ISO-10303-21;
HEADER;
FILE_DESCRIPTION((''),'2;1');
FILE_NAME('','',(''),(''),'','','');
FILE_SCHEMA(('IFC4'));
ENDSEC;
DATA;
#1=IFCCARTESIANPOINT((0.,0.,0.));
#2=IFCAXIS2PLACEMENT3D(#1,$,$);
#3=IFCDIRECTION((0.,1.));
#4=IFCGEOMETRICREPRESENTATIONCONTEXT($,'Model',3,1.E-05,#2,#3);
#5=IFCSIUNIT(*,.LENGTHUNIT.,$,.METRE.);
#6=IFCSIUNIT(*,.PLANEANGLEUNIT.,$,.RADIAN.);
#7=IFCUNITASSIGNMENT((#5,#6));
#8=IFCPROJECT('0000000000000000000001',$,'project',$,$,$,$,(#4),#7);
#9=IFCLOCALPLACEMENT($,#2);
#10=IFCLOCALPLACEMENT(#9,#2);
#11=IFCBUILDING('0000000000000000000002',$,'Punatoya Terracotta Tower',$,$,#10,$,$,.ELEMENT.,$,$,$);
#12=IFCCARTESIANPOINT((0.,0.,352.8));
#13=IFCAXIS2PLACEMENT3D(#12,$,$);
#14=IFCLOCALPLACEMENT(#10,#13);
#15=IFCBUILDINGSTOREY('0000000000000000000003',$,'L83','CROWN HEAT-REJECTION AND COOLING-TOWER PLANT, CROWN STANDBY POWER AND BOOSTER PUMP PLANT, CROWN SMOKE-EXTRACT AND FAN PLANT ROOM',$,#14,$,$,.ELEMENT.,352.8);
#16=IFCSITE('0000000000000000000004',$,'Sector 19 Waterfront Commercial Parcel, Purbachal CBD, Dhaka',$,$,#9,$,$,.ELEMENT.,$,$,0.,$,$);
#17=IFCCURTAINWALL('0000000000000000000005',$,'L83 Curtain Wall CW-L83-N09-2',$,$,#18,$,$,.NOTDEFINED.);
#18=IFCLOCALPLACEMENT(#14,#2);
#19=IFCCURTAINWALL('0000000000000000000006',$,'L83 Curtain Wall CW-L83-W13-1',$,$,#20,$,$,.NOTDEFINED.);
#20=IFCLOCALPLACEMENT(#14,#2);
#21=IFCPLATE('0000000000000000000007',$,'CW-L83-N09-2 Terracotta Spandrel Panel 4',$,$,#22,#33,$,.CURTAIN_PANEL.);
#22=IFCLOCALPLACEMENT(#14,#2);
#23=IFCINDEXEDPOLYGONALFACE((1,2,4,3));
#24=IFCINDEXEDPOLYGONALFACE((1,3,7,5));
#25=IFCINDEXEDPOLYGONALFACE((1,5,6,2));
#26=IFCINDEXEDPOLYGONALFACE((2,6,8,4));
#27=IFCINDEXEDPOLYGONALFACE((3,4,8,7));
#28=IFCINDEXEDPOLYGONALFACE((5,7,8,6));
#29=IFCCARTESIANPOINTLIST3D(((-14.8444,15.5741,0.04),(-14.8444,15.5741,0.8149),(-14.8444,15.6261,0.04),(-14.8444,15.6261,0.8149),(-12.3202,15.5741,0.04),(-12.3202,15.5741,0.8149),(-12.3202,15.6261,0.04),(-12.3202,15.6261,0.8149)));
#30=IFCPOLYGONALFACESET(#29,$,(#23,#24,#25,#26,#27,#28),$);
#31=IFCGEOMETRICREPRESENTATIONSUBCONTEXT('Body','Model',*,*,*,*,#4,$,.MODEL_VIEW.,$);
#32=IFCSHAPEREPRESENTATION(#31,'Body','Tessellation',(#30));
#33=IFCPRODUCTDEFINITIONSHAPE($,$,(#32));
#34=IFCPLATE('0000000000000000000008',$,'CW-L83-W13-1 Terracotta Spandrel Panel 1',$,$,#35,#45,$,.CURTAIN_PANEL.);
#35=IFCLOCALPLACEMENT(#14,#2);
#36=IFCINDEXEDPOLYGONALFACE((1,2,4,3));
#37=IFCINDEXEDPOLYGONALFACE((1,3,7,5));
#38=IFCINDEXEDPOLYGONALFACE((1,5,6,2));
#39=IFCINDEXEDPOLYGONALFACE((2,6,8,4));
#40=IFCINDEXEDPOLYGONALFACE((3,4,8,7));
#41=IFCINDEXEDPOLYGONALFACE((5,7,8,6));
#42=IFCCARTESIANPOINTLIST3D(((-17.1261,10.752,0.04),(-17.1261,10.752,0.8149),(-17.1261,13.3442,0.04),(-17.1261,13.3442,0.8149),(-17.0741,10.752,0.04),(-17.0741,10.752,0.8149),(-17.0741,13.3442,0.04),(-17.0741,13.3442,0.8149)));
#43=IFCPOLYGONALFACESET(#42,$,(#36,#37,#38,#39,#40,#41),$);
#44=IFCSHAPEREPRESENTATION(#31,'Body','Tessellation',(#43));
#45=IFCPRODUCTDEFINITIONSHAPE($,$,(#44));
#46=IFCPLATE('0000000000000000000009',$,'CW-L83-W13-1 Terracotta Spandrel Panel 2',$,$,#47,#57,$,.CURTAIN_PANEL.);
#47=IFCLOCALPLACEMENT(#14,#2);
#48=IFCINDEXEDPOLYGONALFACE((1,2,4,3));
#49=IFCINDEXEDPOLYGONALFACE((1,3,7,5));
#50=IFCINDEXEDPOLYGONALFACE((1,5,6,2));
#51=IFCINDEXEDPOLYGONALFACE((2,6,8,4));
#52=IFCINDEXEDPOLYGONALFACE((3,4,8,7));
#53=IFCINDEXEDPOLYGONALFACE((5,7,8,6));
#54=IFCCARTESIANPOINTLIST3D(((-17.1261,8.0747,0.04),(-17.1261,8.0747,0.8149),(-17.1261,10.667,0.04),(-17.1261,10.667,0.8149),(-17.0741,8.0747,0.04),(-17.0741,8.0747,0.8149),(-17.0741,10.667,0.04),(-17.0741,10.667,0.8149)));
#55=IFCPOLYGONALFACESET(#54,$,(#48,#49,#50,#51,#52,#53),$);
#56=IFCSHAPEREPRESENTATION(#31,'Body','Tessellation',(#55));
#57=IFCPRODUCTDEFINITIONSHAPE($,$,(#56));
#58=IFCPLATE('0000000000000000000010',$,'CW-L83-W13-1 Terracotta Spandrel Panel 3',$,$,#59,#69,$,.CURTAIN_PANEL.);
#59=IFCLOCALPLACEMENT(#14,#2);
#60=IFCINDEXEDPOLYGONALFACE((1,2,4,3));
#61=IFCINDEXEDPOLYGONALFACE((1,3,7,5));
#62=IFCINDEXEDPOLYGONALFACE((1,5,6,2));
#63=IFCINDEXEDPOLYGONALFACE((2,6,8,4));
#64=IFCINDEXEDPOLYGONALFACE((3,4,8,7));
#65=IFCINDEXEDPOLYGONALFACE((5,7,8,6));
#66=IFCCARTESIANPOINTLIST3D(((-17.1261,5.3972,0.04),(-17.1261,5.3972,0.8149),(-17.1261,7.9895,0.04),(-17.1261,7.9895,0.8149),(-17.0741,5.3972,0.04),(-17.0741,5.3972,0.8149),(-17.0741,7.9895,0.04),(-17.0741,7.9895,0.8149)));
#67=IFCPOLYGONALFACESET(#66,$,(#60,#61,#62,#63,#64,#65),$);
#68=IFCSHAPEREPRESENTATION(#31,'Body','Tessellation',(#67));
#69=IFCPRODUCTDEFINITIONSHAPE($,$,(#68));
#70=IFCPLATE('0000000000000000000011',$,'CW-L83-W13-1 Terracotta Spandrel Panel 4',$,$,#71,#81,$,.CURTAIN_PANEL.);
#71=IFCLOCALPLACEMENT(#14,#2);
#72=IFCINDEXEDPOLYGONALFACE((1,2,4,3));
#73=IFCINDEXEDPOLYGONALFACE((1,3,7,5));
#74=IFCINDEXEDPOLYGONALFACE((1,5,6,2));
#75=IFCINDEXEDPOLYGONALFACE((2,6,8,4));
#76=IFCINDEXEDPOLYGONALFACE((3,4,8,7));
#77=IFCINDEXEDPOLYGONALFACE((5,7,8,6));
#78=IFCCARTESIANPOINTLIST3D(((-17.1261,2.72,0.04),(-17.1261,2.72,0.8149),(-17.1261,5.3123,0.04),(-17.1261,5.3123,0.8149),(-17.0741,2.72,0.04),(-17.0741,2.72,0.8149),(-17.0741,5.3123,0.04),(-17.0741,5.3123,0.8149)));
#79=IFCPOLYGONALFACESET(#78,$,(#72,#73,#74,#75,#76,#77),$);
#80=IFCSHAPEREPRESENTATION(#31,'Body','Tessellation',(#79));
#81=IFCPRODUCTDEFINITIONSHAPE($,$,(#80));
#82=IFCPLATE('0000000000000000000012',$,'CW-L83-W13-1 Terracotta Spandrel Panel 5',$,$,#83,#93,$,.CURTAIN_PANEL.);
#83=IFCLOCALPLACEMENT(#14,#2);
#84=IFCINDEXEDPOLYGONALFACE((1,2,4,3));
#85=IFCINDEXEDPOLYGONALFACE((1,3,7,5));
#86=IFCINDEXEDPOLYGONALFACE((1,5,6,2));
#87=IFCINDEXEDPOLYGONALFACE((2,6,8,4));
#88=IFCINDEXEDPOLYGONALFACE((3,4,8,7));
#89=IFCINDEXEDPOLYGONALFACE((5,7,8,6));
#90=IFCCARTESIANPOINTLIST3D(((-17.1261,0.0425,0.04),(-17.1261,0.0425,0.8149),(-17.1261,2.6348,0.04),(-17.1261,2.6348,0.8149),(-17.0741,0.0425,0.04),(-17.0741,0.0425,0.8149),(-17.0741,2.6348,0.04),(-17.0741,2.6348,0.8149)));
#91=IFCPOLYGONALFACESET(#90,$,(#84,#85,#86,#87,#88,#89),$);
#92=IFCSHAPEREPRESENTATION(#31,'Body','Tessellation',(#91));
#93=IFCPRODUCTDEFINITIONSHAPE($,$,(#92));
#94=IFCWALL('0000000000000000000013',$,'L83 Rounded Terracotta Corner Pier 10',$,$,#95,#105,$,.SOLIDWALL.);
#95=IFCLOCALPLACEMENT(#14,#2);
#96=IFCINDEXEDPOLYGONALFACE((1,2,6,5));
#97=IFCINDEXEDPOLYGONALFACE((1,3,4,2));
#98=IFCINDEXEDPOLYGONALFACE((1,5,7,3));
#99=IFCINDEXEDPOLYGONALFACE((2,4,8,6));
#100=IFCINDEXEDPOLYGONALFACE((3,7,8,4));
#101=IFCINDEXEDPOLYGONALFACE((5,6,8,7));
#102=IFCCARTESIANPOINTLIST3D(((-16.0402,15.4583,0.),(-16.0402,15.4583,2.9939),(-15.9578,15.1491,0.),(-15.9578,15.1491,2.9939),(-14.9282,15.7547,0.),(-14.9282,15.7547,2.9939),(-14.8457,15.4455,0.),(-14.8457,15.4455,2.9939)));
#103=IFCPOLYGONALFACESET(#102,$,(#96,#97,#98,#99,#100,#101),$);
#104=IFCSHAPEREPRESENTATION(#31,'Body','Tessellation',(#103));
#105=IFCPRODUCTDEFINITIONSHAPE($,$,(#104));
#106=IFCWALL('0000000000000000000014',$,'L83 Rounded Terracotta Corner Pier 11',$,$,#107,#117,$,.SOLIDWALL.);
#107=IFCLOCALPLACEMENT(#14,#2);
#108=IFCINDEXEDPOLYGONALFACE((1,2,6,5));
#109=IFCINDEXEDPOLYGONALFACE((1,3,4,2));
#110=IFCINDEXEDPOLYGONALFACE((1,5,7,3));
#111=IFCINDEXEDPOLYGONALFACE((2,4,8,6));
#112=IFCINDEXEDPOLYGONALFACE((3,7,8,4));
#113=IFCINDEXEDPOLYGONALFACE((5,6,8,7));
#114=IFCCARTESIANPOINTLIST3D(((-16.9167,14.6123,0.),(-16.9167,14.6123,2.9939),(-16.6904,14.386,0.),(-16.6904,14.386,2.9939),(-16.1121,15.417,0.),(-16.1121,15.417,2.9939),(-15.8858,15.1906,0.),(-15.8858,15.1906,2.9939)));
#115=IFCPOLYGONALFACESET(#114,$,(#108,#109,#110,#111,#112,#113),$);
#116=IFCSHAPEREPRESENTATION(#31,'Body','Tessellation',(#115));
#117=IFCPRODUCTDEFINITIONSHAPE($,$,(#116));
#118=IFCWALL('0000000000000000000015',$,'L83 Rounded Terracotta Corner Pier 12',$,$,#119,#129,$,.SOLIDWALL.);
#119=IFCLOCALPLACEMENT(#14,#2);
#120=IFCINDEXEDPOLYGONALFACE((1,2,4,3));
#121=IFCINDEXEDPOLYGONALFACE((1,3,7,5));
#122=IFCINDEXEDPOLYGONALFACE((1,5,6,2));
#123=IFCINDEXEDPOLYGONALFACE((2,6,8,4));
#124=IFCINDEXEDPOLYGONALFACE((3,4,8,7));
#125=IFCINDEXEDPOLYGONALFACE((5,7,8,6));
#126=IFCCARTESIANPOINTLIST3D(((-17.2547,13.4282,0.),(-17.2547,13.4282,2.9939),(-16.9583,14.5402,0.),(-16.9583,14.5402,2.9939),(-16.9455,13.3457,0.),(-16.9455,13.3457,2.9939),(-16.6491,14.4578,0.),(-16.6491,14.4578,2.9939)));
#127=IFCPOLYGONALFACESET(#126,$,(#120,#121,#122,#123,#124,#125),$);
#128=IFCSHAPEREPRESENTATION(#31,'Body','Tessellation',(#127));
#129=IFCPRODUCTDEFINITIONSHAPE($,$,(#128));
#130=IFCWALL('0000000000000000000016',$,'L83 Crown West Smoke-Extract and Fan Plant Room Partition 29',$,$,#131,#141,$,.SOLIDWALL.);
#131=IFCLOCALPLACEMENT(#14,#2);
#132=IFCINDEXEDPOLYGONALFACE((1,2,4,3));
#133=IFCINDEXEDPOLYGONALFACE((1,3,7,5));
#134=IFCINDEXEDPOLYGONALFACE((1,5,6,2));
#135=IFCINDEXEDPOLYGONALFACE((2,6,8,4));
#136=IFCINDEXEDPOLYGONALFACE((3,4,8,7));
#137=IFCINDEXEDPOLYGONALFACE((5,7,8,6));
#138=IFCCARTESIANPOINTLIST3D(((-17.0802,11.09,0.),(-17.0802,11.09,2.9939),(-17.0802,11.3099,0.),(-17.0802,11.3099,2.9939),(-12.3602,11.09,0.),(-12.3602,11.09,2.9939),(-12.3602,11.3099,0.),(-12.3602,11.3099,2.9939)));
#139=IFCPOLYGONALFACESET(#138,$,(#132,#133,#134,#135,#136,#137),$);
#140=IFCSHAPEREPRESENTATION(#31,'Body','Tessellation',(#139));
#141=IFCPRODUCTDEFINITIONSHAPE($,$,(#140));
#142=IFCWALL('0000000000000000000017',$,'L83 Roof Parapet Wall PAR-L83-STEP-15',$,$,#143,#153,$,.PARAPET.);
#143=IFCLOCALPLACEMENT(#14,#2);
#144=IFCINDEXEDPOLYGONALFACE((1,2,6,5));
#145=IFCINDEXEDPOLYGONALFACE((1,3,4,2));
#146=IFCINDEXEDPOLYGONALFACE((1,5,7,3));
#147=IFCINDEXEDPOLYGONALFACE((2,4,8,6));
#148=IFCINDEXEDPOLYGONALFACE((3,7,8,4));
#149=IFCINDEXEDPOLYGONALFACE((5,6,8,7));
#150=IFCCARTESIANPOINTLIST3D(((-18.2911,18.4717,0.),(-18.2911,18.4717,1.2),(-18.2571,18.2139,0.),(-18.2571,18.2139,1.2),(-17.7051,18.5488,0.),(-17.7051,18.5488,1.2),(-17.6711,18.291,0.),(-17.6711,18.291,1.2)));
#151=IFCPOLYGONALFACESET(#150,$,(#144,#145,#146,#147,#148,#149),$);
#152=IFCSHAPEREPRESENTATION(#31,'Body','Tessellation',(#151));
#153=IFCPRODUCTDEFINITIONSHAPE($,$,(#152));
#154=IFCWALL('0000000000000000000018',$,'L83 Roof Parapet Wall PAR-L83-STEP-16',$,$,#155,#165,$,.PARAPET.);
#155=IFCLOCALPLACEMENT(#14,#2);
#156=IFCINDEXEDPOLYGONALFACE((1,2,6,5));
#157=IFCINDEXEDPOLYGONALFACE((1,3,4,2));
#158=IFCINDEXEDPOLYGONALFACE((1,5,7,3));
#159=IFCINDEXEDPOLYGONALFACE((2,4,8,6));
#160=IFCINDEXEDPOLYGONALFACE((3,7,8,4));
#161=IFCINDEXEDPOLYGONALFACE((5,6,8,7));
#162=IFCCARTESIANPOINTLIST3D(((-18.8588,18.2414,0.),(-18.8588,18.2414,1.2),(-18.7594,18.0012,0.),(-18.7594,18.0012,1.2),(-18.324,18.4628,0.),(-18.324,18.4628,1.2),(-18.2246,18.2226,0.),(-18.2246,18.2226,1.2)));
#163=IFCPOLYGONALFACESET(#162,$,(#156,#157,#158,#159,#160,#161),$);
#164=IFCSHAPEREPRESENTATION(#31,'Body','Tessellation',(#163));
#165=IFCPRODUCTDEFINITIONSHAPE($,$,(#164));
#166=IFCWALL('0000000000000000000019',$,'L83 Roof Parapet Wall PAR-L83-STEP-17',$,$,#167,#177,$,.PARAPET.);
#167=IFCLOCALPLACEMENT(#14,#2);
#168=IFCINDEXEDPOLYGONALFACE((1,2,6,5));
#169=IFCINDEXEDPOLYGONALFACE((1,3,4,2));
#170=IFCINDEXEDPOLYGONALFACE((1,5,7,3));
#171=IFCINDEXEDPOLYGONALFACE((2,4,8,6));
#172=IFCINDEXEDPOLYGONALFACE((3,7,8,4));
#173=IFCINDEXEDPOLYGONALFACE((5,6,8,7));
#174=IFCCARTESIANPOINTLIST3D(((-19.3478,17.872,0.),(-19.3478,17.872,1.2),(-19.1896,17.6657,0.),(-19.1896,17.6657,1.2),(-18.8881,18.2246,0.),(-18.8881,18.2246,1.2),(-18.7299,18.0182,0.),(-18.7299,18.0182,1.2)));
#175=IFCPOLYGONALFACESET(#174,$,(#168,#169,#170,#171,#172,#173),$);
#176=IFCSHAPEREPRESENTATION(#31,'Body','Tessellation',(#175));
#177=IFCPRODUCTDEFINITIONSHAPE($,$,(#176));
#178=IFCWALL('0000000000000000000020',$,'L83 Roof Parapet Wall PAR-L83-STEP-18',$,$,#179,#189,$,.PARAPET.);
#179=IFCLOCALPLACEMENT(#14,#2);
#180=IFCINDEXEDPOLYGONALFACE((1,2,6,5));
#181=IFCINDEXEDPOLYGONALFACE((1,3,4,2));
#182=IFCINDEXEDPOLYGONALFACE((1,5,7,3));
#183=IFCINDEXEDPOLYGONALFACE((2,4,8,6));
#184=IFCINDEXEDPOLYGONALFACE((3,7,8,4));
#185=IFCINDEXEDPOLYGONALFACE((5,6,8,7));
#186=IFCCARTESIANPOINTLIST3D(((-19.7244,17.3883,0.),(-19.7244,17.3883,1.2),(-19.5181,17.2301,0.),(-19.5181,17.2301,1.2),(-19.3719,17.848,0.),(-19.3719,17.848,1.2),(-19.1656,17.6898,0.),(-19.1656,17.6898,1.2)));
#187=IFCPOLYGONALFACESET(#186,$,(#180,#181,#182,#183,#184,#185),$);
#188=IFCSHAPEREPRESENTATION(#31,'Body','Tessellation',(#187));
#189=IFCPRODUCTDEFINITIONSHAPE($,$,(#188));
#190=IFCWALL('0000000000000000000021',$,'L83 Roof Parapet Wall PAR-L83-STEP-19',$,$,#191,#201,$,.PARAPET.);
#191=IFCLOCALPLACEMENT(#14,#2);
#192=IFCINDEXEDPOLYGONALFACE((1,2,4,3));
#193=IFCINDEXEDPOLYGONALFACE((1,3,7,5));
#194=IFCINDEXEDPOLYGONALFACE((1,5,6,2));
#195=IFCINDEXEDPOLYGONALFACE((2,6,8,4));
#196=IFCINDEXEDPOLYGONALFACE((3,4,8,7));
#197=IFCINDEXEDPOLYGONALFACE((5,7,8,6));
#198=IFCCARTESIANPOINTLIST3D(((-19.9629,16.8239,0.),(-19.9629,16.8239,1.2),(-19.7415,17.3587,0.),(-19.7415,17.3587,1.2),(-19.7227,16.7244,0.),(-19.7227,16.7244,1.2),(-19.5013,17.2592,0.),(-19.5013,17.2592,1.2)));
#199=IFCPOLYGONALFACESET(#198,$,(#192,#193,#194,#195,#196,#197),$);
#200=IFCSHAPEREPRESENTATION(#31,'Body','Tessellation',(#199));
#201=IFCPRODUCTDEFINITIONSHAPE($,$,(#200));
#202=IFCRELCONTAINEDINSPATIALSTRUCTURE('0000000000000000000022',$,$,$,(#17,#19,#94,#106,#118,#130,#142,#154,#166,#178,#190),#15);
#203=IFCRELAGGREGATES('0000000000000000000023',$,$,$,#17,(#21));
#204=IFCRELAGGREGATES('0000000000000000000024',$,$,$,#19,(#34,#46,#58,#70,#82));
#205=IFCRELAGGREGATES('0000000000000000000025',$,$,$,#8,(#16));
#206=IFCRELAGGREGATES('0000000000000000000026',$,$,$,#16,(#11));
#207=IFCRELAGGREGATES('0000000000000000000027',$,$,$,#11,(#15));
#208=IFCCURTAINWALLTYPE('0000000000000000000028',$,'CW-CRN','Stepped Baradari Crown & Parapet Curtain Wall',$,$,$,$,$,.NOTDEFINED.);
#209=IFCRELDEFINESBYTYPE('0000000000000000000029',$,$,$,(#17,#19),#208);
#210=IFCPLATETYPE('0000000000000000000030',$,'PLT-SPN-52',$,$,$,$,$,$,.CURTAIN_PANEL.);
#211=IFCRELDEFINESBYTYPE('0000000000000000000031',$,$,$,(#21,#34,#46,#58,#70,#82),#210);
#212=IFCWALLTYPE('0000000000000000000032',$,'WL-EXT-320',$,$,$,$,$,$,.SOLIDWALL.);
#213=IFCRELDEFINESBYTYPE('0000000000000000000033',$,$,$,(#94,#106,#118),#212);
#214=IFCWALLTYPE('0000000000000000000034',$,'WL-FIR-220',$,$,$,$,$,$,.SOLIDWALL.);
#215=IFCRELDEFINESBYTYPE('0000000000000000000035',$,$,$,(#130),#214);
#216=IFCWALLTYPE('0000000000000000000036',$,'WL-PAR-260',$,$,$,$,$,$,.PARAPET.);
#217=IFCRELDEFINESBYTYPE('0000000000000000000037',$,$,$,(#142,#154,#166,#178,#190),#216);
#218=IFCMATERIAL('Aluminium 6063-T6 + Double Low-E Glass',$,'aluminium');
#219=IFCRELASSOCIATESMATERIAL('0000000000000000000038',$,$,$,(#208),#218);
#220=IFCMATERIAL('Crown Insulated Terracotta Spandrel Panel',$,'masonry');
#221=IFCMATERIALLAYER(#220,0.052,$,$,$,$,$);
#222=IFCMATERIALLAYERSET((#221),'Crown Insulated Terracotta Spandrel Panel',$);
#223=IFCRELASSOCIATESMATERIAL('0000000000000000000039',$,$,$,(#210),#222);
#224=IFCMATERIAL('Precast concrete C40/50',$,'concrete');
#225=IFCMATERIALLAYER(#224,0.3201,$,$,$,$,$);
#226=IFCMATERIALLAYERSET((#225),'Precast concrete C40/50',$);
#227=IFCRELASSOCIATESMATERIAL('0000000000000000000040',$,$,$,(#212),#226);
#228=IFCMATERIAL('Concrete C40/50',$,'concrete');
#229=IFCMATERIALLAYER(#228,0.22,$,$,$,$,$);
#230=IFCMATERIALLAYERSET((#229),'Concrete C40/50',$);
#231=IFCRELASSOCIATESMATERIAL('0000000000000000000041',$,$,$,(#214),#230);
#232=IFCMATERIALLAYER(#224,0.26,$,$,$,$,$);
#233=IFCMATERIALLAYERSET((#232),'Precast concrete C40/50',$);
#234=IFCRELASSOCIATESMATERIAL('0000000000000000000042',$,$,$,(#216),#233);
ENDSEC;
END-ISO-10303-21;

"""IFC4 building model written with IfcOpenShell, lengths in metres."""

from ifc_helpers import new_model, si_unit, direction, frame, frame_2d, origin, origin_2d, place, context, subcontext, project, spatial, rectangle, extrude, material, layer, layer_set, type_object, element, aggregate, save


model = new_model("IFC4")

# Units and contexts
model_context = context("Model", 3, precision=1e-05, world=origin(), true_north=direction((0.0, 1.0)))
body_context = subcontext(model_context, "Body", "Model", "MODEL_VIEW")
ifc_project = project(units=[si_unit("LENGTHUNIT", "METRE"), si_unit("PLANEANGLEUNIT", "RADIAN")], contexts=[model_context])

# Site, building, storey
site_placement = place(None, origin())
site = spatial("IfcSite", under=ifc_project, at=site_placement, Name="Sector 19 Waterfront Commercial Parcel, Purbachal CBD, Dhaka", CompositionType="ELEMENT", RefElevation=0.0)
building_placement = place(site_placement, origin())
building = spatial("IfcBuilding", under=site, at=building_placement, Name="Punatoya Terracotta Tower", CompositionType="ELEMENT")
storey_placement = place(building_placement, frame((0.0, 0.0, 352.8)))
storey = spatial("IfcBuildingStorey", under=building, at=storey_placement, Name="L83", Description="CROWN HEAT-REJECTION AND COOLING-TOWER PLANT, CROWN STANDBY POWER AND BOOSTER PUMP PLANT, CROWN SMOKE-EXTRACT AND FAN PLANT ROOM", CompositionType="ELEMENT", Elevation=352.8)

# Curtain wall
ifc_material_1 = material(Name="Aluminium 6063-T6 + Double Low-E Glass", Category="aluminium")
curtain_wall_type = type_object("IfcCurtainWallType", Name="CW-CRN", Description="Stepped Baradari Crown & Parapet Curtain Wall", PredefinedType="NOTDEFINED", material=ifc_material_1)
curtain_wall_1_placement = place(storey_placement, origin())
curtain_wall_1 = element("IfcCurtainWall", 1, at=curtain_wall_1_placement, inside=storey, type_object=curtain_wall_type, Name="L83 Curtain Wall CW-L83-N09-2", PredefinedType="NOTDEFINED")

# Curtain wall
curtain_wall_2_placement = place(storey_placement, origin())
curtain_wall_2 = element("IfcCurtainWall", 2, at=curtain_wall_2_placement, inside=storey, type_object=curtain_wall_type, Name="L83 Curtain Wall CW-L83-W13-1", PredefinedType="NOTDEFINED")

# Plates
ifc_material_2 = material(Name="Crown Insulated Terracotta Spandrel Panel", Category="masonry")
ifc_layer_1 = layer(ifc_material_2, 0.052)
ifc_layer_set_1 = layer_set([ifc_layer_1], Name="Crown Insulated Terracotta Spandrel Panel")
plate_type_1 = type_object("IfcPlateType", Name="PLT-SPN-52", PredefinedType="CURTAIN_PANEL", material=ifc_layer_set_1)
plate_1_placement = place(storey_placement, frame((-13.5823, 15.6001, 0.04), z_axis=(0.0, 0.0, 1.0), x_axis=(-1.0, 0.0, 0.0)))
plate_1 = element("IfcPlate", 3, at=plate_1_placement, type_object=plate_type_1, Name="CW-L83-N09-2 Terracotta Spandrel Panel 4", PredefinedType="CURTAIN_PANEL", context=body_context, shape_type="SweptSolid", body=[
    extrude(rectangle(XDim=2.5242, YDim=0.052, at=origin_2d()), origin(), (0.0, 0.0, 1.0), 0.7749),
])
aggregate(curtain_wall_1, [plate_1])
plate_2_placement = place(storey_placement, frame((-17.1001, 12.0481, 0.04), z_axis=(0.0, 0.0, 1.0), x_axis=(0.0, -1.0, 0.0)))
plate_2 = element("IfcPlate", 4, at=plate_2_placement, type_object=plate_type_1, Name="CW-L83-W13-1 Terracotta Spandrel Panel 1", PredefinedType="CURTAIN_PANEL", context=body_context, shape_type="SweptSolid", body=[
    extrude(rectangle(XDim=2.5923, YDim=0.052, at=origin_2d()), origin(), (0.0, 0.0, 1.0), 0.7749),
])
plate_3_placement = place(storey_placement, frame((-17.1001, 9.3708, 0.04), z_axis=(0.0, 0.0, 1.0), x_axis=(0.0, -1.0, 0.0)))
plate_3 = element("IfcPlate", 5, at=plate_3_placement, type_object=plate_type_1, Name="CW-L83-W13-1 Terracotta Spandrel Panel 2", PredefinedType="CURTAIN_PANEL", context=body_context, shape_type="SweptSolid", body=[
    extrude(rectangle(XDim=2.5923, YDim=0.052, at=origin_2d()), origin(), (0.0, 0.0, 1.0), 0.7749),
])
plate_4_placement = place(storey_placement, frame((-17.1001, 6.6934, 0.04), z_axis=(0.0, 0.0, 1.0), x_axis=(0.0, -1.0, 0.0)))
plate_4 = element("IfcPlate", 6, at=plate_4_placement, type_object=plate_type_1, Name="CW-L83-W13-1 Terracotta Spandrel Panel 3", PredefinedType="CURTAIN_PANEL", context=body_context, shape_type="SweptSolid", body=[
    extrude(rectangle(XDim=2.5923, YDim=0.052, at=origin_2d()), origin(), (0.0, 0.0, 1.0), 0.7749),
])
plate_5_placement = place(storey_placement, frame((-17.1001, 4.0161, 0.04), z_axis=(0.0, 0.0, 1.0), x_axis=(0.0, -1.0, 0.0)))
plate_5 = element("IfcPlate", 7, at=plate_5_placement, type_object=plate_type_1, Name="CW-L83-W13-1 Terracotta Spandrel Panel 4", PredefinedType="CURTAIN_PANEL", context=body_context, shape_type="SweptSolid", body=[
    extrude(rectangle(XDim=2.5923, YDim=0.052, at=origin_2d()), origin(), (0.0, 0.0, 1.0), 0.7749),
])
plate_6_placement = place(storey_placement, frame((-17.1001, 1.3386, 0.04), z_axis=(0.0, 0.0, 1.0), x_axis=(0.0, -1.0, 0.0)))
plate_6 = element("IfcPlate", 8, at=plate_6_placement, type_object=plate_type_1, Name="CW-L83-W13-1 Terracotta Spandrel Panel 5", PredefinedType="CURTAIN_PANEL", context=body_context, shape_type="SweptSolid", body=[
    extrude(rectangle(XDim=2.5923, YDim=0.052, at=origin_2d()), origin(), (0.0, 0.0, 1.0), 0.7749),
])
aggregate(curtain_wall_2, [plate_2, plate_3, plate_4, plate_5, plate_6])

# Walls
ifc_material_3 = material(Name="Precast concrete C40/50", Category="concrete")
ifc_layer_2 = layer(ifc_material_3, 0.3201)
ifc_layer_set_2 = layer_set([ifc_layer_2], Name="Precast concrete C40/50")
wall_type_1 = type_object("IfcWallType", Name="WL-EXT-320", PredefinedType="SOLIDWALL", material=ifc_layer_set_2)
wall_1_placement = place(storey_placement, frame((-14.887, 15.6001, 0.0), z_axis=(0.0, 0.0, 1.0), x_axis=(-0.96627, -0.257531, 0.0)))
element("IfcWall", 9, at=wall_1_placement, inside=storey, type_object=wall_type_1, Name="L83 Rounded Terracotta Corner Pier 10", PredefinedType="SOLIDWALL", context=body_context, shape_type="SweptSolid", body=[
    extrude(rectangle(XDim=1.1509, YDim=0.3201, at=frame_2d((0.5754, 0.0))), origin(), (0.0, 0.0, 1.0), 2.9939),
])
wall_2_placement = place(storey_placement, frame((-15.999, 15.3037, 0.0), z_axis=(0.0, 0.0, 1.0), x_axis=(-0.707107, -0.707107, 0.0)))
element("IfcWall", 10, at=wall_2_placement, inside=storey, type_object=wall_type_1, Name="L83 Rounded Terracotta Corner Pier 11", PredefinedType="SOLIDWALL", context=body_context, shape_type="SweptSolid", body=[
    extrude(rectangle(XDim=1.1379, YDim=0.3201, at=frame_2d((0.5688, 0.0))), origin(), (0.0, 0.0, 1.0), 2.9939),
])
wall_3_placement = place(storey_placement, frame((-16.8037, 14.499, 0.0), z_axis=(0.0, 0.0, 1.0), x_axis=(-0.257531, -0.96627, 0.0)))
element("IfcWall", 11, at=wall_3_placement, inside=storey, type_object=wall_type_1, Name="L83 Rounded Terracotta Corner Pier 12", PredefinedType="SOLIDWALL", context=body_context, shape_type="SweptSolid", body=[
    extrude(rectangle(XDim=1.1509, YDim=0.3201, at=frame_2d((0.5754, 0.0))), origin(), (0.0, 0.0, 1.0), 2.9939),
])
ifc_material_4 = material(Name="Concrete C40/50", Category="concrete")
ifc_layer_3 = layer(ifc_material_4, 0.22)
ifc_layer_set_3 = layer_set([ifc_layer_3], Name="Concrete C40/50")
wall_type_2 = type_object("IfcWallType", Name="WL-FIR-220", PredefinedType="SOLIDWALL", material=ifc_layer_set_3)
wall_4_placement = place(storey_placement, frame((-17.0801, 11.2, 0.0), z_axis=(0.0, 0.0, 1.0), x_axis=(1.0, 0.0, 0.0)))
element("IfcWall", 12, at=wall_4_placement, inside=storey, type_object=wall_type_2, Name="L83 Crown West Smoke-Extract and Fan Plant Room Partition 29", PredefinedType="SOLIDWALL", context=body_context, shape_type="SweptSolid", body=[
    extrude(rectangle(XDim=4.72, YDim=0.22, at=frame_2d((2.3599, 0.0))), origin(), (0.0, 0.0, 1.0), 2.9939),
])
ifc_layer_4 = layer(ifc_material_3, 0.26)
ifc_layer_set_4 = layer_set([ifc_layer_4], Name="Precast concrete C40/50")
wall_type_3 = type_object("IfcWallType", Name="WL-PAR-260", PredefinedType="PARAPET", material=ifc_layer_set_4)
wall_5_placement = place(storey_placement, frame((-17.6882, 18.4199, 0.0), z_axis=(0.0, 0.0, 1.0), x_axis=(-0.991443, -0.13054, 0.0)))
element("IfcWall", 13, at=wall_5_placement, inside=storey, type_object=wall_type_3, Name="L83 Roof Parapet Wall PAR-L83-STEP-15", PredefinedType="PARAPET", context=body_context, shape_type="SweptSolid", body=[
    extrude(rectangle(XDim=0.5911, YDim=0.26, at=frame_2d((0.2954, 0.0))), origin(), (0.0, 0.0, 1.0), 1.2),
])
wall_6_placement = place(storey_placement, frame((-18.2742, 18.3428, 0.0), z_axis=(0.0, 0.0, 1.0), x_axis=(-0.92396, -0.382488, 0.0)))
element("IfcWall", 14, at=wall_6_placement, inside=storey, type_object=wall_type_3, Name="L83 Roof Parapet Wall PAR-L83-STEP-16", PredefinedType="PARAPET", context=body_context, shape_type="SweptSolid", body=[
    extrude(rectangle(XDim=0.5789, YDim=0.26, at=frame_2d((0.2896, 0.0))), origin(), (0.0, 0.0, 1.0), 1.2),
])
for number, where, z_axis, x_axis, name in (
    (15, (-18.8091, 18.1213, 0.0), (0.0, 0.0, 1.0), (-0.793532, -0.608529, 0.0), "L83 Roof Parapet Wall PAR-L83-STEP-17"),
    (16, (-19.2688, 17.7688, 0.0), (0.0, 0.0, 1.0), (-0.608529, -0.793532, 0.0), "L83 Roof Parapet Wall PAR-L83-STEP-18"),
):
    element("IfcWall", number, at=place(storey_placement, frame(where, z_axis=z_axis, x_axis=x_axis)), inside=storey, type_object=wall_type_3, Name=name, PredefinedType="PARAPET", context=body_context, shape_type="SweptSolid", body=[
        extrude(rectangle(XDim=0.5793, YDim=0.26, at=frame_2d((0.2896, 0.0))), origin(), (0.0, 0.0, 1.0), 1.2),
    ])
wall_7_placement = place(storey_placement, frame((-19.6213, 17.3091, 0.0), z_axis=(0.0, 0.0, 1.0), x_axis=(-0.382488, -0.92396, 0.0)))
element("IfcWall", 17, at=wall_7_placement, inside=storey, type_object=wall_type_3, Name="L83 Roof Parapet Wall PAR-L83-STEP-19", PredefinedType="PARAPET", context=body_context, shape_type="SweptSolid", body=[
    extrude(rectangle(XDim=0.5789, YDim=0.26, at=frame_2d((0.2896, 0.0))), origin(), (0.0, 0.0, 1.0), 1.2),
])

save(model, "model.ifc")
